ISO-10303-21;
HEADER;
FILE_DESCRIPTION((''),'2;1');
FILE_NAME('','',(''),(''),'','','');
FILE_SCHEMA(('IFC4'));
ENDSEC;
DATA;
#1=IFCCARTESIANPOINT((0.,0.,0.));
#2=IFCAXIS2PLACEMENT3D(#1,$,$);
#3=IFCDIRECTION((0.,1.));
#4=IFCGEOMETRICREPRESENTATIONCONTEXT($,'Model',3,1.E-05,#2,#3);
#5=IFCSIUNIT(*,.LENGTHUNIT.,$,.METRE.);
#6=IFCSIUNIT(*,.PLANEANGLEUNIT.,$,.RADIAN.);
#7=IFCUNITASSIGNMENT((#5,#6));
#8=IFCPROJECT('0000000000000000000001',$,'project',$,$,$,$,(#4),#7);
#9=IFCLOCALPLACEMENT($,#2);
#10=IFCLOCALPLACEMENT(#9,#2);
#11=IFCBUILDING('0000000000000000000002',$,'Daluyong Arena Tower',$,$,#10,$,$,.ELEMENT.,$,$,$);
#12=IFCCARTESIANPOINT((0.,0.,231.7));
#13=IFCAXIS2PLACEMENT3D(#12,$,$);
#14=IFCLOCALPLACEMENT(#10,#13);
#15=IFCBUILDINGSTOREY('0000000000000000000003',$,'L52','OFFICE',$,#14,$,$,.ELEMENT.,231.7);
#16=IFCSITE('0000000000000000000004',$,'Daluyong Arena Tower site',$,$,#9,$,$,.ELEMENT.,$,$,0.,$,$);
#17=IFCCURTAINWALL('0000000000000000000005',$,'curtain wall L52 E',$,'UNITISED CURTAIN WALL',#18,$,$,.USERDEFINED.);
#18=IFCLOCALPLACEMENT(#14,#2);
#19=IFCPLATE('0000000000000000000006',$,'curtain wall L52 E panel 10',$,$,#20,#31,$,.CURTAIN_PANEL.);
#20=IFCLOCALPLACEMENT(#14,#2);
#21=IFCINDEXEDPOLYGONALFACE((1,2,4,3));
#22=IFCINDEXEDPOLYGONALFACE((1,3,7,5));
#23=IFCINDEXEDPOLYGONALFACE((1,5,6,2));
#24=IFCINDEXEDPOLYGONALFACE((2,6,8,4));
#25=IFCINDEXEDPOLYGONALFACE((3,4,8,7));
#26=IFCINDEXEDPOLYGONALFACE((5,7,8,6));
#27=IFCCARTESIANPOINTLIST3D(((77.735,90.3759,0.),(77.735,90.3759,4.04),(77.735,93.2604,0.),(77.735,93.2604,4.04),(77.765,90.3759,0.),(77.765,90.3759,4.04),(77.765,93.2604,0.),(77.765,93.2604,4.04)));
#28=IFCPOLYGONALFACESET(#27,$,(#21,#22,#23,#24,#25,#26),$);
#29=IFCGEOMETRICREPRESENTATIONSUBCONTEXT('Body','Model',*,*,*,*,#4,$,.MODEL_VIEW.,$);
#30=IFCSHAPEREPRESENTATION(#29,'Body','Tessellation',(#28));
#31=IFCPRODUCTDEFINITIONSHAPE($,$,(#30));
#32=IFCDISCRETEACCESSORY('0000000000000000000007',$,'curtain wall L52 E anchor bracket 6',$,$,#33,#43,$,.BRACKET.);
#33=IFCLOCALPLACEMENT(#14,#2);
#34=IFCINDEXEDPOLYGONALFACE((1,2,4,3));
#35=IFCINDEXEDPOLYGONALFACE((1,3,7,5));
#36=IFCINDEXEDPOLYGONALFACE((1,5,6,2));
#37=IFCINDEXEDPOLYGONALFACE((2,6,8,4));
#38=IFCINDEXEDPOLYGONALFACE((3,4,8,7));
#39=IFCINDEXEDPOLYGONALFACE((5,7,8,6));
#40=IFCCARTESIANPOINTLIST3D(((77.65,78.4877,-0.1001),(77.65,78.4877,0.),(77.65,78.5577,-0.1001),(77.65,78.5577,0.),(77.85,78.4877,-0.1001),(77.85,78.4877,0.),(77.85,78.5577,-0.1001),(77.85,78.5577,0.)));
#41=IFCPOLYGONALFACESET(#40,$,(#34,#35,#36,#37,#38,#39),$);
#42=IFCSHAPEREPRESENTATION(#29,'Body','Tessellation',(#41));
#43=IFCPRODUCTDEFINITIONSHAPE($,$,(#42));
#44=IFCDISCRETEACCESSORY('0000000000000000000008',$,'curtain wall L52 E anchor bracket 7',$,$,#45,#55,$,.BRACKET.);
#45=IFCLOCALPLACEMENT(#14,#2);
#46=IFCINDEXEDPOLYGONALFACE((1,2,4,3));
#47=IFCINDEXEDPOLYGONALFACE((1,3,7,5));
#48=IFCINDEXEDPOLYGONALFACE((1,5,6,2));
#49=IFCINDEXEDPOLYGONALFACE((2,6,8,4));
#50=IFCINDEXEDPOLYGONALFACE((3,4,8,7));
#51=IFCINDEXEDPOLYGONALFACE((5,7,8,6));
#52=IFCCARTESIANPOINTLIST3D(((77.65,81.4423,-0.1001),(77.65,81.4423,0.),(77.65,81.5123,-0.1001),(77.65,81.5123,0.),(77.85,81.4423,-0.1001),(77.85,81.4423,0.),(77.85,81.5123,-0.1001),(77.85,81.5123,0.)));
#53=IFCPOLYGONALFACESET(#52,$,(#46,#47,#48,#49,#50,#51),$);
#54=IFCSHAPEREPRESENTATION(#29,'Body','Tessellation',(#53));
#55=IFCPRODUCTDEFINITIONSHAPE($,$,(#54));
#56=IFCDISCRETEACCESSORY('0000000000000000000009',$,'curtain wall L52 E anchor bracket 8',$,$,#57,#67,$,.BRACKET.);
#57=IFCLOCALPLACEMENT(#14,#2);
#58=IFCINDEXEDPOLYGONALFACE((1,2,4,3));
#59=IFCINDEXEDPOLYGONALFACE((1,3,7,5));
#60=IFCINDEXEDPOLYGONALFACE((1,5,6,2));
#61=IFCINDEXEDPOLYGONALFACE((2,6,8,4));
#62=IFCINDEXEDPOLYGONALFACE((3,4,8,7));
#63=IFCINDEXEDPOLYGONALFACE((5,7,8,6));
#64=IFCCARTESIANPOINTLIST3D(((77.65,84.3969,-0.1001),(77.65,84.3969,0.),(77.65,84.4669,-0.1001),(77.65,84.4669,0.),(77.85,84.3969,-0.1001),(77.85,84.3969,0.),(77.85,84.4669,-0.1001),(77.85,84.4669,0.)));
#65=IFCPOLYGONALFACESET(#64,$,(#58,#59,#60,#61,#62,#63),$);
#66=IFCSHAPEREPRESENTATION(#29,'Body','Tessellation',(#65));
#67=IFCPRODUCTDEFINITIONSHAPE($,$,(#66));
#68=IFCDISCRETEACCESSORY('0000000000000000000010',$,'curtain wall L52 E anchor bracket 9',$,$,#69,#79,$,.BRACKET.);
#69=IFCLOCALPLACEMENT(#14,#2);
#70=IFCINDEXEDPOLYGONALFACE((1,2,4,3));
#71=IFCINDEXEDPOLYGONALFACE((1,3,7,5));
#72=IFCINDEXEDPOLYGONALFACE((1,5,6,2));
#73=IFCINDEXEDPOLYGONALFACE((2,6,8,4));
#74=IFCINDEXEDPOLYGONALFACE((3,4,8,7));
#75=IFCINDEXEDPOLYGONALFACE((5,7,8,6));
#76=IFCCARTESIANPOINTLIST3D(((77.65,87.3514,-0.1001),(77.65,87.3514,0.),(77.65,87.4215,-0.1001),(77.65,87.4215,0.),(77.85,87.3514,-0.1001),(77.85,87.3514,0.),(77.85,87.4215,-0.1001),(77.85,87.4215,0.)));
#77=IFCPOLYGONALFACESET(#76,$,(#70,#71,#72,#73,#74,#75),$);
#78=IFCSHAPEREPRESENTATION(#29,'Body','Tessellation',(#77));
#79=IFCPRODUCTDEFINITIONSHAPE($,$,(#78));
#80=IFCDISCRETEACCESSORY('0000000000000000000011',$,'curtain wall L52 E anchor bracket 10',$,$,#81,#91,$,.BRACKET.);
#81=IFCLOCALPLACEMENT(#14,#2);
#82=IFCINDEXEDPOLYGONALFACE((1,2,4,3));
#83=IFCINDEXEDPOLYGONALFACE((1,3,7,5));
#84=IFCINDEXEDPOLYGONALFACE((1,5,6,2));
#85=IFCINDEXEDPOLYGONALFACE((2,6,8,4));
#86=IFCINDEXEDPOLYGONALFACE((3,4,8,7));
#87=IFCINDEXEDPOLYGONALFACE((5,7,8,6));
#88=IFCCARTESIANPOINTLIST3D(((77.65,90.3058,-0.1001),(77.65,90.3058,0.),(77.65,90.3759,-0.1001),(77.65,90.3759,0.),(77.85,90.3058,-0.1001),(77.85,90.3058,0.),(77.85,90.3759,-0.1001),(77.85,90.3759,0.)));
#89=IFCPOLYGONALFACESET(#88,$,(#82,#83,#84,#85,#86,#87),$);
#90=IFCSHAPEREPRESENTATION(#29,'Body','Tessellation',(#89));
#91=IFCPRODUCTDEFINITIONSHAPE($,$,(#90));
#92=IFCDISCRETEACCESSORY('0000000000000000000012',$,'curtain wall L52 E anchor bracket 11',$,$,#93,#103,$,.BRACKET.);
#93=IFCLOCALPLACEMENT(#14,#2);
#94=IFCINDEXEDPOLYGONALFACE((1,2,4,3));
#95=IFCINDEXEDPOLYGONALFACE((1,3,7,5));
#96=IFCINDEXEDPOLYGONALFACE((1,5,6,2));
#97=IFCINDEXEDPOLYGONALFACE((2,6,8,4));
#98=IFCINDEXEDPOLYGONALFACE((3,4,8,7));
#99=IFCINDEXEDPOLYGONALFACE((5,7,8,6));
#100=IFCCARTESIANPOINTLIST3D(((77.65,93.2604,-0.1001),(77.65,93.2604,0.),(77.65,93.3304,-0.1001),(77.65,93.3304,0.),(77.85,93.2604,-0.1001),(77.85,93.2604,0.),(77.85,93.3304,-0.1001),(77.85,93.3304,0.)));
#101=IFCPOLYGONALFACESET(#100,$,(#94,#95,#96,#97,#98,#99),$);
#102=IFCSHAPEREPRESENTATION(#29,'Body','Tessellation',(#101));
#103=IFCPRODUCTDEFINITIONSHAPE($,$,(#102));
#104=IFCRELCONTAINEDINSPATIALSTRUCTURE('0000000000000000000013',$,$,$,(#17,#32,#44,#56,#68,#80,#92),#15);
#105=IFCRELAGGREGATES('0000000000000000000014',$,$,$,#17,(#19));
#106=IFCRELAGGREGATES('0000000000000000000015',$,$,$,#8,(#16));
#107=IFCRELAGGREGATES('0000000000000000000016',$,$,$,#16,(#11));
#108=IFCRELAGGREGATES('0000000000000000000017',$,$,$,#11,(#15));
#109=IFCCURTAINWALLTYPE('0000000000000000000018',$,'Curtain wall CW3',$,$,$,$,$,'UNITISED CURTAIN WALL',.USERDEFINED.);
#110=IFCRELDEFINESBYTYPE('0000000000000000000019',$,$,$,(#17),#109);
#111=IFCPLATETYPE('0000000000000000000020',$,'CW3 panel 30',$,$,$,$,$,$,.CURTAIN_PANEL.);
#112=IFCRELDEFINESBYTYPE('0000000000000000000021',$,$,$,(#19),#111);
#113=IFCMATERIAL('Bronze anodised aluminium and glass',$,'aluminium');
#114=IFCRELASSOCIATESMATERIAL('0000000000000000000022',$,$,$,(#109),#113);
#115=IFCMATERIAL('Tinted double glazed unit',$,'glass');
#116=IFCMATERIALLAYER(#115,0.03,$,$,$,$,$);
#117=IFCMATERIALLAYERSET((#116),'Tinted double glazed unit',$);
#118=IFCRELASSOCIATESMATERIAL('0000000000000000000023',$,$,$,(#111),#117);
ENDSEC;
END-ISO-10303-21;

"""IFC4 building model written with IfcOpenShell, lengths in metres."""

from ifc_helpers import new_model, si_unit, direction, frame, origin, origin_2d, place, context, subcontext, project, spatial, rectangle, extrude, material, layer, layer_set, type_object, element, aggregate, save


model = new_model("IFC4")

# Units and contexts
model_context = context("Model", 3, precision=1e-05, world=origin(), true_north=direction((0.0, 1.0)))
body_context = subcontext(model_context, "Body", "Model", "MODEL_VIEW")
ifc_project = project(units=[si_unit("LENGTHUNIT", "METRE"), si_unit("PLANEANGLEUNIT", "RADIAN")], contexts=[model_context])

# Site, building, storey
site_placement = place(None, origin())
site = spatial("IfcSite", under=ifc_project, at=site_placement, Name="Daluyong Arena Tower site", CompositionType="ELEMENT", RefElevation=0.0)
building_placement = place(site_placement, origin())
building = spatial("IfcBuilding", under=site, at=building_placement, Name="Daluyong Arena Tower", CompositionType="ELEMENT")
storey_placement = place(building_placement, frame((0.0, 0.0, 231.7)))
storey = spatial("IfcBuildingStorey", under=building, at=storey_placement, Name="L52", Description="OFFICE", CompositionType="ELEMENT", Elevation=231.7)

# Curtain wall
ifc_material_1 = material(Name="Bronze anodised aluminium and glass", Category="aluminium")
curtain_wall_type = type_object("IfcCurtainWallType", Name="Curtain wall CW3", ElementType="UNITISED CURTAIN WALL", PredefinedType="USERDEFINED", material=ifc_material_1)
curtain_wall_placement = place(storey_placement, origin())
curtain_wall = element("IfcCurtainWall", 1, at=curtain_wall_placement, inside=storey, type_object=curtain_wall_type, Name="curtain wall L52 E", ObjectType="UNITISED CURTAIN WALL", PredefinedType="USERDEFINED")

# Plate
ifc_material_2 = material(Name="Tinted double glazed unit", Category="glass")
ifc_layer = layer(ifc_material_2, 0.03)
ifc_layer_set = layer_set([ifc_layer], Name="Tinted double glazed unit")
plate_type = type_object("IfcPlateType", Name="CW3 panel 30", PredefinedType="CURTAIN_PANEL", material=ifc_layer_set)
plate_1_placement = place(storey_placement, frame((77.75, 91.8181, 0.0), z_axis=(0.0, 0.0, 1.0), x_axis=(0.0, 1.0, 0.0)))
plate_1 = element("IfcPlate", 2, at=plate_1_placement, type_object=plate_type, Name="curtain wall L52 E panel 10", PredefinedType="CURTAIN_PANEL", context=body_context, shape_type="SweptSolid", body=[
    extrude(rectangle(XDim=2.8845, YDim=0.03, at=origin_2d()), origin(), (0.0, 0.0, 1.0), 4.04),
])
aggregate(curtain_wall, [plate_1])

# Discrete accessories
for number, where, z_axis, x_axis, name in (
    (3, (77.75, 78.5227, -0.1001), (0.0, 0.0, 1.0), (0.0, 1.0, 0.0), "curtain wall L52 E anchor bracket 6"),
    (4, (77.75, 81.4773, -0.1001), (0.0, 0.0, 1.0), (0.0, 1.0, 0.0), "curtain wall L52 E anchor bracket 7"),
    (5, (77.75, 84.4319, -0.1001), (0.0, 0.0, 1.0), (0.0, 1.0, 0.0), "curtain wall L52 E anchor bracket 8"),
    (6, (77.75, 87.3865, -0.1001), (0.0, 0.0, 1.0), (0.0, 1.0, 0.0), "curtain wall L52 E anchor bracket 9"),
    (7, (77.75, 90.3408, -0.1001), (0.0, 0.0, 1.0), (0.0, 1.0, 0.0), "curtain wall L52 E anchor bracket 10"),
    (8, (77.75, 93.2954, -0.1001), (0.0, 0.0, 1.0), (0.0, 1.0, 0.0), "curtain wall L52 E anchor bracket 11"),
):
    element("IfcDiscreteAccessory", number, at=place(storey_placement, frame(where, z_axis=z_axis, x_axis=x_axis)), inside=storey, Name=name, PredefinedType="BRACKET", context=body_context, shape_type="SweptSolid", body=[
        extrude(rectangle(XDim=0.0701, YDim=0.2, at=origin_2d()), origin(), (0.0, 0.0, 1.0), 0.1001),
    ])

save(model, "model.ifc")
